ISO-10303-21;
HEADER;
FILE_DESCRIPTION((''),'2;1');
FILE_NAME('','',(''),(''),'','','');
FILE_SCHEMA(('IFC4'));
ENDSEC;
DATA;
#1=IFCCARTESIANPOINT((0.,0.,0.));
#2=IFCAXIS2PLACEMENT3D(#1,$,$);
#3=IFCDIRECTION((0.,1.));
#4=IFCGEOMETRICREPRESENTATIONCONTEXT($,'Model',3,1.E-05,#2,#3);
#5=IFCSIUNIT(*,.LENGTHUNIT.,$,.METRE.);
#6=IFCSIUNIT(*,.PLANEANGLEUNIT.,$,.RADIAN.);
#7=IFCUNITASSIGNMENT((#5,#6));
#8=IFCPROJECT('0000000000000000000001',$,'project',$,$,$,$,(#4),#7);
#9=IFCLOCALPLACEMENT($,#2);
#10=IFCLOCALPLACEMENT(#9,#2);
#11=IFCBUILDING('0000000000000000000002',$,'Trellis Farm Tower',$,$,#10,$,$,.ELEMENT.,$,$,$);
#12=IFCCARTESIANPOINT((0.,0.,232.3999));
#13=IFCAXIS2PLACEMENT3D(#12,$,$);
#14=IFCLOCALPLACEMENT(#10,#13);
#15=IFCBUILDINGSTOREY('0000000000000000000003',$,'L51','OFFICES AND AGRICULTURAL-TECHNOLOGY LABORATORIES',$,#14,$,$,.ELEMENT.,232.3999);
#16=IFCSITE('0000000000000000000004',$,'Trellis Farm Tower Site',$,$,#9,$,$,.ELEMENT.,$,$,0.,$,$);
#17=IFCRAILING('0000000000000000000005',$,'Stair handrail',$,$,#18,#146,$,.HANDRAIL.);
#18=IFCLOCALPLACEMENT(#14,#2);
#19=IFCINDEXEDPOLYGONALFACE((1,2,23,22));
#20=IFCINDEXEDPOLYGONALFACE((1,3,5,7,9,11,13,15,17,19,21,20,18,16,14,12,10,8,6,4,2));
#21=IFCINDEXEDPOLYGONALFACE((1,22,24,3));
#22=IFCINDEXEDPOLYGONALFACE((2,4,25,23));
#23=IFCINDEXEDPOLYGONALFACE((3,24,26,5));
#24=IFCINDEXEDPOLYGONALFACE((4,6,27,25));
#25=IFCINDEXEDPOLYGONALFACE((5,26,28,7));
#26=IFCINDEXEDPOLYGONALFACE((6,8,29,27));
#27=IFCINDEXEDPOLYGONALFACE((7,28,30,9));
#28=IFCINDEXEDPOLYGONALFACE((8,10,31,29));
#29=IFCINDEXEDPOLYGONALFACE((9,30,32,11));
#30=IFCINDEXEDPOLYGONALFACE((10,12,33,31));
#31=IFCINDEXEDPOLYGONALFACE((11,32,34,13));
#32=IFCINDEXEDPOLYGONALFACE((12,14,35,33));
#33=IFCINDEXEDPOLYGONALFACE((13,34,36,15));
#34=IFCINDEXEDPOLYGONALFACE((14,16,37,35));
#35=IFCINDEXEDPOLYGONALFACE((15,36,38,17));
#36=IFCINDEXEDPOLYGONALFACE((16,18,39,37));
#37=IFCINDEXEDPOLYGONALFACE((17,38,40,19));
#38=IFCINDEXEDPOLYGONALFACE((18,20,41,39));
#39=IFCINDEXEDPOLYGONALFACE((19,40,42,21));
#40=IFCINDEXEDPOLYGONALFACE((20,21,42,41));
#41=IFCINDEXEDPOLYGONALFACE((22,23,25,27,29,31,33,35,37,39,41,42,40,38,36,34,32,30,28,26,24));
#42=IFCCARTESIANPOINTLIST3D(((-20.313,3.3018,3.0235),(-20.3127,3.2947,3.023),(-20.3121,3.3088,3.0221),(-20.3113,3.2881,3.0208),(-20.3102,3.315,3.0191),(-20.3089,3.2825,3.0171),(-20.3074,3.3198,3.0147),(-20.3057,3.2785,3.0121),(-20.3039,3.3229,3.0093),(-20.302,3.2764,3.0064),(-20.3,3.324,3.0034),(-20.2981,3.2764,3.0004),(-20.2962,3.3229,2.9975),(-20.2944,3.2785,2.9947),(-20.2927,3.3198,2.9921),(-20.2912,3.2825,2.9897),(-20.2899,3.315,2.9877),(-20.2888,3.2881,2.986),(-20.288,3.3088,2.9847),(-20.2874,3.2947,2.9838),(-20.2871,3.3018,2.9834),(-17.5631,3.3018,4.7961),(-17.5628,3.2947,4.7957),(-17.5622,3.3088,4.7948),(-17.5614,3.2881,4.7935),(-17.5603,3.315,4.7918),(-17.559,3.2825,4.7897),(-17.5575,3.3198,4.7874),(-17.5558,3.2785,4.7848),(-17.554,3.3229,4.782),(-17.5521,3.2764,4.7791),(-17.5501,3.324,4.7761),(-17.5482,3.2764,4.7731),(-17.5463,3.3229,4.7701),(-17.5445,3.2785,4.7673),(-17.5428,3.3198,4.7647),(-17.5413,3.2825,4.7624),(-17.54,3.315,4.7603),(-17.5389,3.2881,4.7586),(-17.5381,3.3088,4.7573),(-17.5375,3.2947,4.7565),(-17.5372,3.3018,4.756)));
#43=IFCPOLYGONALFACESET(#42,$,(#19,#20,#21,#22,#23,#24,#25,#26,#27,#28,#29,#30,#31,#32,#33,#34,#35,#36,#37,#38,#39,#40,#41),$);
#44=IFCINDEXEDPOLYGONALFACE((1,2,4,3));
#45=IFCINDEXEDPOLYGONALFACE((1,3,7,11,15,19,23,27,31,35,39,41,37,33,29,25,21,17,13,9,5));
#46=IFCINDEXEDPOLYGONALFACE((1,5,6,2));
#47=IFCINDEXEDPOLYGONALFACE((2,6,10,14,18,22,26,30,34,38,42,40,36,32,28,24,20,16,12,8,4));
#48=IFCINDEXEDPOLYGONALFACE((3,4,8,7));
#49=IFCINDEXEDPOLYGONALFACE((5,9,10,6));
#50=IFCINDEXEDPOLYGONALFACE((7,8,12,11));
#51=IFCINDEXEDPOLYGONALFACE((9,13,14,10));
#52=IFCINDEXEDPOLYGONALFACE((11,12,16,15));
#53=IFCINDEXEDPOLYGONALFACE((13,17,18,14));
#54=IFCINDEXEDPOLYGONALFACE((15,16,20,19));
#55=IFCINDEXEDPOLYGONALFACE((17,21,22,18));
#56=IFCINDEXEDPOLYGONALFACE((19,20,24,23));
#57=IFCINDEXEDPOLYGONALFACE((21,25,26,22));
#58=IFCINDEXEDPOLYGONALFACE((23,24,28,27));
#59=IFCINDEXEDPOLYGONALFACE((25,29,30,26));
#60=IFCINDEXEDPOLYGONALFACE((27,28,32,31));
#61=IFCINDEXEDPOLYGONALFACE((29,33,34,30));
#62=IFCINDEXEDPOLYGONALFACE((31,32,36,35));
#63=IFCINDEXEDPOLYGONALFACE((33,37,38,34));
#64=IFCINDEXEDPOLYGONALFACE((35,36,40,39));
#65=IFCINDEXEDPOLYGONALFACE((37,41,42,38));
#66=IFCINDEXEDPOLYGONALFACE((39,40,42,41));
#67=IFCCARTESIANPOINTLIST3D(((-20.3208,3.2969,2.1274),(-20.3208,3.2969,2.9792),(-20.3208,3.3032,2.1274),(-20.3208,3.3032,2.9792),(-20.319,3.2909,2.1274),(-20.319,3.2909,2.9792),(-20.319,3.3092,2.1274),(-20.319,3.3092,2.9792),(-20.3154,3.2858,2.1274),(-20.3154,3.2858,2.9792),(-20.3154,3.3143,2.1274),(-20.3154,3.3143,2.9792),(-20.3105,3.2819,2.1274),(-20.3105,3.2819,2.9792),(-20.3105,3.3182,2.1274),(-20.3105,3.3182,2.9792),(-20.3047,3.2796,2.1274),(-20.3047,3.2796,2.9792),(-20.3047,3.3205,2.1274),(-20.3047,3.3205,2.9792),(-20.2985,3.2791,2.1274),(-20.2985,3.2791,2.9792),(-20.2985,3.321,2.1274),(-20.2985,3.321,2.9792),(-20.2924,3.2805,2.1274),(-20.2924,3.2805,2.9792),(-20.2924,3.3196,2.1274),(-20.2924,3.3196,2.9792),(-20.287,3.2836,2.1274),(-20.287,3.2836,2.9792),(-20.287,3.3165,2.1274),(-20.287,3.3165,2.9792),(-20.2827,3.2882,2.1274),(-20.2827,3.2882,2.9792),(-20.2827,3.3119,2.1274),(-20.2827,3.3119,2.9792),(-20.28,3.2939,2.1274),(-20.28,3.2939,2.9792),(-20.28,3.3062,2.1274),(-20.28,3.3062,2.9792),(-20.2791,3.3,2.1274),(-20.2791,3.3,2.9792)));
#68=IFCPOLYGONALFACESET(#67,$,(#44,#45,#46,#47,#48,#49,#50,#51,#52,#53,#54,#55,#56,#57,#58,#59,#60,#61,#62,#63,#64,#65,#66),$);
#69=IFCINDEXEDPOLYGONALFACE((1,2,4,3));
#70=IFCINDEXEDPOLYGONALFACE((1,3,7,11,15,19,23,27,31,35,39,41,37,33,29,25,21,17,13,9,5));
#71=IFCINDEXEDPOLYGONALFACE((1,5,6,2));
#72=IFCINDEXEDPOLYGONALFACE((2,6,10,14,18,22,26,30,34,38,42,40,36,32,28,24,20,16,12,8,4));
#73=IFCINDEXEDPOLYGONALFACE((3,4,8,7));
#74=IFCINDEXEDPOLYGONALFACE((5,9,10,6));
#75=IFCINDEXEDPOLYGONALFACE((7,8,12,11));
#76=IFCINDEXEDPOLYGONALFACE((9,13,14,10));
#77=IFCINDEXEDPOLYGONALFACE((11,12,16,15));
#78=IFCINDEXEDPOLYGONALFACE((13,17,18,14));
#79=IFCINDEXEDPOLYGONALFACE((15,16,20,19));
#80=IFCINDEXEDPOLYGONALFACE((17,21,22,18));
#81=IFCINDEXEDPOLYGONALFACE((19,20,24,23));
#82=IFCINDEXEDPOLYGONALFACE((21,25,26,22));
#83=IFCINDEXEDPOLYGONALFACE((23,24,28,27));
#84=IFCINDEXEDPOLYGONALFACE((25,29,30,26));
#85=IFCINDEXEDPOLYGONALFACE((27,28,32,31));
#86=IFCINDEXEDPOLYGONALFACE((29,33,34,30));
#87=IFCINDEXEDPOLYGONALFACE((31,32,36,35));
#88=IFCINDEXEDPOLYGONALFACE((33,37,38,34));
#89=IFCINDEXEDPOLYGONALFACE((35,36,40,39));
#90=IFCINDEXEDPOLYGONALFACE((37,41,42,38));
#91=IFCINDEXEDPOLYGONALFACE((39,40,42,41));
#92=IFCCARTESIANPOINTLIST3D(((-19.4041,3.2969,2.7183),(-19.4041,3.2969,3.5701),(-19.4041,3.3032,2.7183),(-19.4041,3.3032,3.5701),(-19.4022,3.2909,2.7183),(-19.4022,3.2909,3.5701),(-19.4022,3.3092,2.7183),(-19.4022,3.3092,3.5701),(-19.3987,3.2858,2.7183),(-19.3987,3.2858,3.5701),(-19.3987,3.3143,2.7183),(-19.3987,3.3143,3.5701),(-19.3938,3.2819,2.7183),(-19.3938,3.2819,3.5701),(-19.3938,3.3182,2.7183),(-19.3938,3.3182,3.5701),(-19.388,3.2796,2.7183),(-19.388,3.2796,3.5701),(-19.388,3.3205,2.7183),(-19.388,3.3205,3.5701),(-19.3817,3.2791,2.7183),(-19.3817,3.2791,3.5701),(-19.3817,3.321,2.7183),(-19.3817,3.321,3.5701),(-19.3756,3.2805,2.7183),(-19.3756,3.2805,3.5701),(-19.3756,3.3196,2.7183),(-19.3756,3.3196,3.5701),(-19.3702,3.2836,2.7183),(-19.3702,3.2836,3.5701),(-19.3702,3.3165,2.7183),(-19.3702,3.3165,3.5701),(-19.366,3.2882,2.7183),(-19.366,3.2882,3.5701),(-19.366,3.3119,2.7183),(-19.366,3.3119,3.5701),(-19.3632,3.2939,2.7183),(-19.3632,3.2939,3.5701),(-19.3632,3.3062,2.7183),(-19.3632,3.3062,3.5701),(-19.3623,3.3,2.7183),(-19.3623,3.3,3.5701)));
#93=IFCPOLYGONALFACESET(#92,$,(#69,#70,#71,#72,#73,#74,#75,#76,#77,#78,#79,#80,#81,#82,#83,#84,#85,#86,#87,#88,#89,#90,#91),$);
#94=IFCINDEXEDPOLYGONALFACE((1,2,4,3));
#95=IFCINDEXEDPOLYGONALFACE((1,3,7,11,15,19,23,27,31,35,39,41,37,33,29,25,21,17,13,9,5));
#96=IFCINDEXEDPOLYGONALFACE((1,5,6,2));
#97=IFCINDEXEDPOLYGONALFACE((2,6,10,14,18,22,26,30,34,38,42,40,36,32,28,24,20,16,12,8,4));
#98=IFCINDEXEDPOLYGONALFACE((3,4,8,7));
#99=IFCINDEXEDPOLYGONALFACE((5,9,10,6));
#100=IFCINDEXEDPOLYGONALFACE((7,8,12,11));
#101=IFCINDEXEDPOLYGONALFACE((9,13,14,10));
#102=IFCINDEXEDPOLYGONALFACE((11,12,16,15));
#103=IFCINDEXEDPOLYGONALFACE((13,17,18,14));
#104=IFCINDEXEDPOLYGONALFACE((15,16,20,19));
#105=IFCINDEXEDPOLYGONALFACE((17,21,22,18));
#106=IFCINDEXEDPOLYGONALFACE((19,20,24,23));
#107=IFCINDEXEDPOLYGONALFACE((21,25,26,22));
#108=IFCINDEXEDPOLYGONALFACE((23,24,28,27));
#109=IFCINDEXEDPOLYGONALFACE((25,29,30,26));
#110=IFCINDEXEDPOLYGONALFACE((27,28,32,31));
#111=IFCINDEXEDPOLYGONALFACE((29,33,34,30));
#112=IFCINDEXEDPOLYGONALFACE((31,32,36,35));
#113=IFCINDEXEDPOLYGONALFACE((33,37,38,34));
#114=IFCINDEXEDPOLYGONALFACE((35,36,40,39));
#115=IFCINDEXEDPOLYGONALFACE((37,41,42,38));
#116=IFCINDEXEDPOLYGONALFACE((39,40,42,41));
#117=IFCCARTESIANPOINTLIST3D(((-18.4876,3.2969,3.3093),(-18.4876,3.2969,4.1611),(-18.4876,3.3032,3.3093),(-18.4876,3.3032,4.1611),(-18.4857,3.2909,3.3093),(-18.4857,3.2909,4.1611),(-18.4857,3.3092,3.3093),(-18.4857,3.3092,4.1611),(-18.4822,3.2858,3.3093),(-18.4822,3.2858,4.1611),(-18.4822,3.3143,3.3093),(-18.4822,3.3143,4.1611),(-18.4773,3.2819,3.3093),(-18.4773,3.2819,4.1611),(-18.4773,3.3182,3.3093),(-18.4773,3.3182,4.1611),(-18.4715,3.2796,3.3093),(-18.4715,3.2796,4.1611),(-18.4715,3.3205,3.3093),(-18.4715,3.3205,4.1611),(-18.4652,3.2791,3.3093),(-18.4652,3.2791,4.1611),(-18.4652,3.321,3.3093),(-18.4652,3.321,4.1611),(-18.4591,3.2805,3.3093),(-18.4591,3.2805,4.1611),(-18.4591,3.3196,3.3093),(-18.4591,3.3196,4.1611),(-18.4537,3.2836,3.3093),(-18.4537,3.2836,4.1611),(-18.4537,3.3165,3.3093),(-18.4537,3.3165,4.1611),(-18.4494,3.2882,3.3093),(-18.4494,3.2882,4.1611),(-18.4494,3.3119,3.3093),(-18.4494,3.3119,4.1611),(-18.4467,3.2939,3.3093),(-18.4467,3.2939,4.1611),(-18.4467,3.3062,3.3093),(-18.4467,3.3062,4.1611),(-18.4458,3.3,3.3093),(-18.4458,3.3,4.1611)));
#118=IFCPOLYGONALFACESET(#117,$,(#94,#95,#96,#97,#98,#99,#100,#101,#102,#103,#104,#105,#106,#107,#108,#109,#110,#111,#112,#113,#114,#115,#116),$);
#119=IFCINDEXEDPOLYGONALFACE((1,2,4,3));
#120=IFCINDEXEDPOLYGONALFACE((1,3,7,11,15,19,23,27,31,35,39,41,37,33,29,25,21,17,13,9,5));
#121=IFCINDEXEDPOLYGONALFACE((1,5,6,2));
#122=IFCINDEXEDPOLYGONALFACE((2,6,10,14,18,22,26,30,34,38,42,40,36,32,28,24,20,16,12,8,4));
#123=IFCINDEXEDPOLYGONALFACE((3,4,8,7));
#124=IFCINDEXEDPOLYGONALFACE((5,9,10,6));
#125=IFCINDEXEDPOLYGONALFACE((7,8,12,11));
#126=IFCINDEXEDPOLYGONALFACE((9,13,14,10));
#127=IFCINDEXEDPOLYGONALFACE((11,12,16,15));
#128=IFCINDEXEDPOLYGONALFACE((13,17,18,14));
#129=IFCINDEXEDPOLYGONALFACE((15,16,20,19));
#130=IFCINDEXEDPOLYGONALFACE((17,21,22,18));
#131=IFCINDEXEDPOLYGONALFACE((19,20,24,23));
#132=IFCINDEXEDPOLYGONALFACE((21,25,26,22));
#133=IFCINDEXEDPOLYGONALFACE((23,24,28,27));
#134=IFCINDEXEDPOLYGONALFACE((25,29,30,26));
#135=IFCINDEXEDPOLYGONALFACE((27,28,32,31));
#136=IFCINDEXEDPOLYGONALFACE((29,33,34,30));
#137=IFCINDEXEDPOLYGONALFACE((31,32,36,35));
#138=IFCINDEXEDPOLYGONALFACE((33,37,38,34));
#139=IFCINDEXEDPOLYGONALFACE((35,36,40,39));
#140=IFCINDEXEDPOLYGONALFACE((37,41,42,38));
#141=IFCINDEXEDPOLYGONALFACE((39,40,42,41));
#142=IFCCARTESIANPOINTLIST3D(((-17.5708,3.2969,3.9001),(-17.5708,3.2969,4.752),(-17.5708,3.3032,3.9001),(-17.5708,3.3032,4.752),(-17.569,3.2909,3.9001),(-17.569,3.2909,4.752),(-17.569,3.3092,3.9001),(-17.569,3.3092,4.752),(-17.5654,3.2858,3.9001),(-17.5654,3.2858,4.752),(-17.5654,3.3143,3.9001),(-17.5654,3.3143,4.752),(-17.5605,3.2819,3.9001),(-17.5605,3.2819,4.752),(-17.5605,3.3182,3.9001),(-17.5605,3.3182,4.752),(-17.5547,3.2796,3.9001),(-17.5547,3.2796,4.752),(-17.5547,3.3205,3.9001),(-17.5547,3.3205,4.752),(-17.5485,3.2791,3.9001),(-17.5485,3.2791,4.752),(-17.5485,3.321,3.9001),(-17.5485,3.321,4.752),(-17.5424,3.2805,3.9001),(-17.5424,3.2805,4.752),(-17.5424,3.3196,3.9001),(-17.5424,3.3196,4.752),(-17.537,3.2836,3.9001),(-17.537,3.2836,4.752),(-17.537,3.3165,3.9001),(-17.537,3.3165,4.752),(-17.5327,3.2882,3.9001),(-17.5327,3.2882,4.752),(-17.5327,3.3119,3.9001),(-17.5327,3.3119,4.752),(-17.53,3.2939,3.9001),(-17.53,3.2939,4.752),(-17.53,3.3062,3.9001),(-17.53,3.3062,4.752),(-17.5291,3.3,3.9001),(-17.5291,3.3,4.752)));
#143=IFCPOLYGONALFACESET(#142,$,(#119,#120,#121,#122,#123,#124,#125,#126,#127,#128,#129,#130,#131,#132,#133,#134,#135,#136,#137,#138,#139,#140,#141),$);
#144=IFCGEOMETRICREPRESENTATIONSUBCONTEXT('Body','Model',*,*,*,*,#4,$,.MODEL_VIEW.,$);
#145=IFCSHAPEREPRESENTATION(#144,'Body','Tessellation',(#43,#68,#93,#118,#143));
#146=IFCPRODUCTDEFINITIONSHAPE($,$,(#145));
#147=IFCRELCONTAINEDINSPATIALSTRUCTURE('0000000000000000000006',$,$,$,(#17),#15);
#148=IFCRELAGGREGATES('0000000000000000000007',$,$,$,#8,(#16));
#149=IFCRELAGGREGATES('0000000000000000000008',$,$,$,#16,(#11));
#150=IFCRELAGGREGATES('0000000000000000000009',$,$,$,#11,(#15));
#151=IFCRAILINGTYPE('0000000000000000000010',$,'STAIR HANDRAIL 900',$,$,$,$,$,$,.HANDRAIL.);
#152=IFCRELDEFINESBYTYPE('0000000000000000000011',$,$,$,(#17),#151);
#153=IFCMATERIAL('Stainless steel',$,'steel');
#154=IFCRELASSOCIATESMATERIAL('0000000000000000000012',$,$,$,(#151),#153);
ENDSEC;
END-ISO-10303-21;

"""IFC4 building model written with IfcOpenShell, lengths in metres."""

from ifc_helpers import new_model, si_unit, direction, frame, origin, origin_2d, place, context, subcontext, project, spatial, circle, extrude, source, transform, mapped, material, type_object, element, save


model = new_model("IFC4")

# Units and contexts
model_context = context("Model", 3, precision=1e-05, world=origin(), true_north=direction((0.0, 1.0)))
body_context = subcontext(model_context, "Body", "Model", "MODEL_VIEW")
ifc_project = project(units=[si_unit("LENGTHUNIT", "METRE"), si_unit("PLANEANGLEUNIT", "RADIAN")], contexts=[model_context])

# Site, building, storey
site_placement = place(None, origin())
site = spatial("IfcSite", under=ifc_project, at=site_placement, Name="Trellis Farm Tower Site", CompositionType="ELEMENT", RefElevation=0.0)
building_placement = place(site_placement, origin())
building = spatial("IfcBuilding", under=site, at=building_placement, Name="Trellis Farm Tower", CompositionType="ELEMENT")
storey_placement = place(building_placement, frame((0.0, 0.0, 232.3999)))
storey = spatial("IfcBuildingStorey", under=building, at=storey_placement, Name="L51", Description="OFFICES AND AGRICULTURAL-TECHNOLOGY LABORATORIES", CompositionType="ELEMENT", Elevation=232.3999)

# Railing
ifc_material_1 = material(Name="Stainless steel", Category="steel")
railing_type = type_object("IfcRailingType", Name="STAIR HANDRAIL 900", PredefinedType="HANDRAIL", material=ifc_material_1)
shared_shape_1 = source(origin(), body_context, "Body", "SweptSolid", [
    extrude(circle(Radius=0.0239, at=origin_2d()), frame((0.0, 0.0, 0.876), z_axis=(0.840504, 0.0, 0.541806), x_axis=(0.0, 1.0, 0.0)), (0.0, 0.0, 1.0), 3.2717),
    extrude(circle(Radius=0.021, at=origin_2d()), origin(), (0.0, 0.0, 1.0), 0.8518),
    extrude(circle(Radius=0.021, at=origin_2d()), frame((0.9167, 0.0, 0.5908)), (0.0, 0.0, 1.0), 0.8518),
    extrude(circle(Radius=0.021, at=origin_2d()), frame((1.8333, 0.0, 1.1819)), (0.0, 0.0, 1.0), 0.8518),
    extrude(circle(Radius=0.021, at=origin_2d()), frame((2.75, 0.0, 1.7727)), (0.0, 0.0, 1.0), 0.8518),
])
for number, where, name in (
    (1, (-20.3, 3.3, 2.1274), "Stair handrail"),
):
    element("IfcRailing", number, at=place(storey_placement, frame(where)), inside=storey, type_object=railing_type, Name=name, PredefinedType="HANDRAIL", context=body_context, shape_type="MappedRepresentation", body=[
        mapped(shared_shape_1, transform((0.0, 0.0, 0.0))),
    ])

save(model, "model.ifc")
